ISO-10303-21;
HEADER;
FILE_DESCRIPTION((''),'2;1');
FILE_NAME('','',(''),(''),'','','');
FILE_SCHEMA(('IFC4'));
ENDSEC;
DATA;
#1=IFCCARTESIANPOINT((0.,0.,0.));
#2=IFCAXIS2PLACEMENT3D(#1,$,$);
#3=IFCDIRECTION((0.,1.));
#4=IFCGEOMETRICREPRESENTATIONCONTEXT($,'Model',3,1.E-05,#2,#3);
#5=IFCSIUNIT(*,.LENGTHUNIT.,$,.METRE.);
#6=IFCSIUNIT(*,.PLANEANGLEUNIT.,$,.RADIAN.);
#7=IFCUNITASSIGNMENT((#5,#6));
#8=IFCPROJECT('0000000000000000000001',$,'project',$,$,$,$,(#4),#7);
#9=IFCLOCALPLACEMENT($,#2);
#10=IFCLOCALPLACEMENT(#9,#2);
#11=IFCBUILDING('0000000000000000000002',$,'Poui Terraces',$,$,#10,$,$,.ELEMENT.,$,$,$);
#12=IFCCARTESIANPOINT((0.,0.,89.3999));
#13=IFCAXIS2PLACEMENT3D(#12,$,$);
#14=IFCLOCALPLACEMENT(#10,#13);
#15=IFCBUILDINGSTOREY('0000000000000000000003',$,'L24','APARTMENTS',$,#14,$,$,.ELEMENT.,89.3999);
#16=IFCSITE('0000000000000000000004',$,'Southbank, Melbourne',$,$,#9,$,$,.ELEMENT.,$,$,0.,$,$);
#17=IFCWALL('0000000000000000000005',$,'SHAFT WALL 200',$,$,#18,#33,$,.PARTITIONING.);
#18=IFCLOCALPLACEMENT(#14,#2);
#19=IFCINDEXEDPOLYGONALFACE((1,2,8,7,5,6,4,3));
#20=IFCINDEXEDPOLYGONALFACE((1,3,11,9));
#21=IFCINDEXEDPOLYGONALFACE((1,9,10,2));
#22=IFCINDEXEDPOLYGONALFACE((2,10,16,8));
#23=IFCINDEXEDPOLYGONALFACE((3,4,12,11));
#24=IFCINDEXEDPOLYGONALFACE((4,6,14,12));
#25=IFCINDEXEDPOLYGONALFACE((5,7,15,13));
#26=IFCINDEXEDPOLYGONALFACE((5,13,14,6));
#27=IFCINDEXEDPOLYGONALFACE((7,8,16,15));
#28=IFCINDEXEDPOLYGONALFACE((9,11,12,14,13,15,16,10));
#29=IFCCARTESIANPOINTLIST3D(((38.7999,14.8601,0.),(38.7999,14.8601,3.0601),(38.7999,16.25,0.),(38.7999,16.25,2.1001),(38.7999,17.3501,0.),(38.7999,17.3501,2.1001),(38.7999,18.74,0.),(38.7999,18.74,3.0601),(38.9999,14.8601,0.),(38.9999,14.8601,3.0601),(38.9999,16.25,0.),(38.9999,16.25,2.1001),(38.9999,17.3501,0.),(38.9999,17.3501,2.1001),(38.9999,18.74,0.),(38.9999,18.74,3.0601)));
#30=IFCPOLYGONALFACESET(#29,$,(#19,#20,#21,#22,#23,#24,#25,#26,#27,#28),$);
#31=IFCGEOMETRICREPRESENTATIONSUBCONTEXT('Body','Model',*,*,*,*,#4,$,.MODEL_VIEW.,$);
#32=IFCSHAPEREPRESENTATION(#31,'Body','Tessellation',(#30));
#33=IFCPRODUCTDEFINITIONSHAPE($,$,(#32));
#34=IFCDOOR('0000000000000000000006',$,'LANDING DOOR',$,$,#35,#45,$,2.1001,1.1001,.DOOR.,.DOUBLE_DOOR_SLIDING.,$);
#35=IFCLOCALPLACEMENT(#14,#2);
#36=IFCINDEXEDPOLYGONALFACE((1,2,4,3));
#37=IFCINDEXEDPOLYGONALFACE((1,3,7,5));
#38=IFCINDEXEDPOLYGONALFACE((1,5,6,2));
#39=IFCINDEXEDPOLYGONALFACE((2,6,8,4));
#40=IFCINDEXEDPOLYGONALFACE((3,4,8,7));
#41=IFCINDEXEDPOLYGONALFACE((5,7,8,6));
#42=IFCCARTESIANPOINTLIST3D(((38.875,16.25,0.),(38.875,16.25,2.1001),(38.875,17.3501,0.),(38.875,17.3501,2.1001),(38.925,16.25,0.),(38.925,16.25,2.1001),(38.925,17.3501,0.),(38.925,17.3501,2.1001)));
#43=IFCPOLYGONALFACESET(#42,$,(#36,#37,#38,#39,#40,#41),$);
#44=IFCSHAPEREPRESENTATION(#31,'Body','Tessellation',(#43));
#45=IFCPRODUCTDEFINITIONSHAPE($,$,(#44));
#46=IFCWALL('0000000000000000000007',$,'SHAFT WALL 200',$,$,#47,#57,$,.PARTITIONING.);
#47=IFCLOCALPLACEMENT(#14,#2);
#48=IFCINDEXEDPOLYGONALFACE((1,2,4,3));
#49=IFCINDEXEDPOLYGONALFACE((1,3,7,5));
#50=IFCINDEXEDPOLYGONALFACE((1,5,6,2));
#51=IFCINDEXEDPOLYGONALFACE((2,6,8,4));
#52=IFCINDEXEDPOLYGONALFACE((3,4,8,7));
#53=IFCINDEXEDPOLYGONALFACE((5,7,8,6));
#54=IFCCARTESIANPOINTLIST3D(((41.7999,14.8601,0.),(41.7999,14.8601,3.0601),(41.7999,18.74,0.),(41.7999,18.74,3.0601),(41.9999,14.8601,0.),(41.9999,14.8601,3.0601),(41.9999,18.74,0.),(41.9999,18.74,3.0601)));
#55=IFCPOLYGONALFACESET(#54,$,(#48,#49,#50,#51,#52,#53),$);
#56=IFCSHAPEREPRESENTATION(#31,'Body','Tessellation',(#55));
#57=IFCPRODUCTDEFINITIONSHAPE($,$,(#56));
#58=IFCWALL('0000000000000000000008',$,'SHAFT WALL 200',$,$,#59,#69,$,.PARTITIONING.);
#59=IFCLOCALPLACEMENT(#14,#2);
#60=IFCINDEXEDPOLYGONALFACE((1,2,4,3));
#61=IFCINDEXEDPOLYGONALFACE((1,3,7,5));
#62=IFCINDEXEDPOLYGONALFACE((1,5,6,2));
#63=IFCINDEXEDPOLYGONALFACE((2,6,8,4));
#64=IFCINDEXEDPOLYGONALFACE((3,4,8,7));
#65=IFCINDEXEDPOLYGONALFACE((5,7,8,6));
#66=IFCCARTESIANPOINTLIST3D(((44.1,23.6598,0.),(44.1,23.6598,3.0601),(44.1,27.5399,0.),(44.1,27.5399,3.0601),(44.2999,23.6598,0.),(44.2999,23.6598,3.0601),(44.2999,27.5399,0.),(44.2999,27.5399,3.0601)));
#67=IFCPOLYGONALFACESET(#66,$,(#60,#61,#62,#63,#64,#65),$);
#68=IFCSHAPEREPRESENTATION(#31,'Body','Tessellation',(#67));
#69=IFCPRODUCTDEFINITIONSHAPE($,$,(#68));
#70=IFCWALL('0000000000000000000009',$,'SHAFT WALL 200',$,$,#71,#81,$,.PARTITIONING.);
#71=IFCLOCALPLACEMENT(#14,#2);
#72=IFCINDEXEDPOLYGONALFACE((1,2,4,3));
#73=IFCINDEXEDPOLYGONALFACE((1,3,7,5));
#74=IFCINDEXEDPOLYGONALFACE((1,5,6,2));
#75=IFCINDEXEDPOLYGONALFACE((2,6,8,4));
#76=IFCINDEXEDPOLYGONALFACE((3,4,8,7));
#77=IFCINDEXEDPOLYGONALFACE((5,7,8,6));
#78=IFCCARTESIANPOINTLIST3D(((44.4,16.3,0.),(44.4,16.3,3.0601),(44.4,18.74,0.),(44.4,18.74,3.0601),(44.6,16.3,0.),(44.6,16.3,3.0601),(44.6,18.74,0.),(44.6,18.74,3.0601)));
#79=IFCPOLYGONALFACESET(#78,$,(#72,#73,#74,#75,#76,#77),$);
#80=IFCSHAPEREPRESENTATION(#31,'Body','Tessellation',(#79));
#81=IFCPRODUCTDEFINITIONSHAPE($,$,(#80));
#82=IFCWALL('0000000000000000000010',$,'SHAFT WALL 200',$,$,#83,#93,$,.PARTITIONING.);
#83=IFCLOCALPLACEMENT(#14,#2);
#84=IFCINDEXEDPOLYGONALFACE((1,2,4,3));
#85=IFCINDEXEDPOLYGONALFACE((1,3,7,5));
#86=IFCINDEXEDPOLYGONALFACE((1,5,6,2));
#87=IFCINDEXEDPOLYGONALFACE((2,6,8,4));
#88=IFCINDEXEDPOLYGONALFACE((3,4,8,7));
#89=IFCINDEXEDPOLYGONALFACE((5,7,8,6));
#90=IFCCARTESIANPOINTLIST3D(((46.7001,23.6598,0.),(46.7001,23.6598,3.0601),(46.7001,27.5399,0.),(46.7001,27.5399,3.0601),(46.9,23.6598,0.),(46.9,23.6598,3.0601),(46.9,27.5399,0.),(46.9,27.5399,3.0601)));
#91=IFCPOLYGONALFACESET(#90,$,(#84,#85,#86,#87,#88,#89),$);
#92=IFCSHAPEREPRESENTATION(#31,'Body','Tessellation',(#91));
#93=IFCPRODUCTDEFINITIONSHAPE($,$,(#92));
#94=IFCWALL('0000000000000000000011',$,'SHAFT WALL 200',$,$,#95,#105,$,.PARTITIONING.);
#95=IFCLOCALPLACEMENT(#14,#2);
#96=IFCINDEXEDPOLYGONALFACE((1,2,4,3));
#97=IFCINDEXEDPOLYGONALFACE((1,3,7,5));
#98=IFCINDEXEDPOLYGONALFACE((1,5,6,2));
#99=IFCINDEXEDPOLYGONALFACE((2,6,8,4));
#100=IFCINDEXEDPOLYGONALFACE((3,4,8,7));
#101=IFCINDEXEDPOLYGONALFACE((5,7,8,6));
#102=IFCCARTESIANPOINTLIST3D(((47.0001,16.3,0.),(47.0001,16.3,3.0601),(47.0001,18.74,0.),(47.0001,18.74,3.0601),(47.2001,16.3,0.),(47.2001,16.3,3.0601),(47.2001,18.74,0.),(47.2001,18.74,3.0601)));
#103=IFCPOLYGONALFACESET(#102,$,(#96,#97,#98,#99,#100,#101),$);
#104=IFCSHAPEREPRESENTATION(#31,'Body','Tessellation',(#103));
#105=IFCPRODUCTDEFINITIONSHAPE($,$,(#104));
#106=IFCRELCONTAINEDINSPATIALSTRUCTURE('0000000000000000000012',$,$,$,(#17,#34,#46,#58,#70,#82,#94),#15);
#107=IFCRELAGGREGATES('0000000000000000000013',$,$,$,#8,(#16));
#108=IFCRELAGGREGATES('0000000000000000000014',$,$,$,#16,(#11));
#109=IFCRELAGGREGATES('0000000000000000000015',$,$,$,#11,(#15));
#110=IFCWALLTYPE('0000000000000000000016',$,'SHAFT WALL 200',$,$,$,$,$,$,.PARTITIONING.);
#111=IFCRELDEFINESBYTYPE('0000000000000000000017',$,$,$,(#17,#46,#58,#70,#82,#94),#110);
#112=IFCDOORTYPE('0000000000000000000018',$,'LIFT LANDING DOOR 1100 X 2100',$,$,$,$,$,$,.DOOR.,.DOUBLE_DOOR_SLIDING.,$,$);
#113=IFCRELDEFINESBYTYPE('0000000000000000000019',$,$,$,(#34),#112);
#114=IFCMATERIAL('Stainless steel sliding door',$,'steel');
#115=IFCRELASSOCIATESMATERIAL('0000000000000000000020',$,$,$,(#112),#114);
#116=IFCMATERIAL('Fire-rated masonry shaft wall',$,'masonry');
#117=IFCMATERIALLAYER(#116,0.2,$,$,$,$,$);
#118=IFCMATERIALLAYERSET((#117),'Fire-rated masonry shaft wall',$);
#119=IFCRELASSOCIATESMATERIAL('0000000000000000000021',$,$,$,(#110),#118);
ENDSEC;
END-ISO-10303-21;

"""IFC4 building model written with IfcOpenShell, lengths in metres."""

from ifc_helpers import new_model, si_unit, direction, frame, frame_2d, origin, place, context, subcontext, project, spatial, rectangle, extrude, material, layer, layer_set, type_object, element, fill, save


model = new_model("IFC4")

# Units and contexts
model_context = context("Model", 3, precision=1e-05, world=origin(), true_north=direction((0.0, 1.0)))
body_context = subcontext(model_context, "Body", "Model", "MODEL_VIEW")
ifc_project = project(units=[si_unit("LENGTHUNIT", "METRE"), si_unit("PLANEANGLEUNIT", "RADIAN")], contexts=[model_context])

# Site, building, storey
site_placement = place(None, origin())
site = spatial("IfcSite", under=ifc_project, at=site_placement, Name="Southbank, Melbourne", CompositionType="ELEMENT", RefElevation=0.0)
building_placement = place(site_placement, origin())
building = spatial("IfcBuilding", under=site, at=building_placement, Name="Poui Terraces", CompositionType="ELEMENT")
storey_placement = place(building_placement, frame((0.0, 0.0, 89.3999)))
storey = spatial("IfcBuildingStorey", under=building, at=storey_placement, Name="L24", Description="APARTMENTS", CompositionType="ELEMENT", Elevation=89.3999)

# Shared definitions
ifc_material_1 = material(Name="Stainless steel sliding door", Category="steel")
door_type_1 = type_object("IfcDoorType", Name="LIFT LANDING DOOR 1100 X 2100", OperationType="DOUBLE_DOOR_SLIDING", PredefinedType="DOOR", material=ifc_material_1)

# Shared definitions
ifc_material_2 = material(Name="Fire-rated masonry shaft wall", Category="masonry")
ifc_layer_1 = layer(ifc_material_2, 0.2)
ifc_layer_set_1 = layer_set([ifc_layer_1], Name="Fire-rated masonry shaft wall")
wall_type_1 = type_object("IfcWallType", Name="SHAFT WALL 200", PredefinedType="PARTITIONING", material=ifc_layer_set_1)

# Wall, opening, door
wall_1_placement = place(storey_placement, frame((38.8999, 14.8601, 0.0), z_axis=(0.0, 0.0, 1.0), x_axis=(0.0, 1.0, 0.0)))
wall_1 = element("IfcWall", 1, at=wall_1_placement, inside=storey, type_object=wall_type_1, Name="SHAFT WALL 200", PredefinedType="PARTITIONING", context=body_context, shape_type="SweptSolid", body=[
    extrude(rectangle(XDim=3.8799, YDim=0.2, at=frame_2d((1.9399, 0.0))), origin(), (0.0, 0.0, 1.0), 3.0601),
])
opening_1_placement = place(wall_1_placement, frame((1.3899, 0.0, 0.0)))
opening_1 = element("IfcOpeningElement", 2, at=opening_1_placement, cuts=wall_1, PredefinedType="OPENING", context=body_context, shape_type="SweptSolid", body=[
    extrude(rectangle(XDim=1.1001, YDim=2.1001, at=frame_2d((0.55, 1.05))), frame((0.0, 0.1099, 0.0), z_axis=(0.0, -1.0, 0.0), x_axis=(1.0, 0.0, 0.0)), (0.0, 0.0, 1.0), 0.22),
])
door_1_placement = place(opening_1_placement, origin())
door_1 = element("IfcDoor", 3, at=door_1_placement, inside=storey, type_object=door_type_1, Name="LANDING DOOR", OperationType="DOUBLE_DOOR_SLIDING", OverallHeight=2.1001, OverallWidth=1.1001, PredefinedType="DOOR", context=body_context, shape_type="SweptSolid", body=[
    extrude(rectangle(XDim=1.1001, YDim=2.1001, at=frame_2d((0.55, 1.05))), frame((0.0, 0.0249, 0.0), z_axis=(0.0, -1.0, 0.0), x_axis=(1.0, 0.0, 0.0)), (0.0, 0.0, 1.0), 0.05),
])
fill(opening_1, door_1)

# Walls
wall_2_placement = place(storey_placement, frame((41.8999, 14.8601, 0.0), z_axis=(0.0, 0.0, 1.0), x_axis=(0.0, 1.0, 0.0)))
element("IfcWall", 4, at=wall_2_placement, inside=storey, type_object=wall_type_1, Name="SHAFT WALL 200", PredefinedType="PARTITIONING", context=body_context, shape_type="SweptSolid", body=[
    extrude(rectangle(XDim=3.8799, YDim=0.2, at=frame_2d((1.9399, 0.0))), origin(), (0.0, 0.0, 1.0), 3.0601),
])
wall_3_placement = place(storey_placement, frame((44.2, 23.6599, 0.0), z_axis=(0.0, 0.0, 1.0), x_axis=(0.0, 1.0, 0.0)))
element("IfcWall", 5, at=wall_3_placement, inside=storey, type_object=wall_type_1, Name="SHAFT WALL 200", PredefinedType="PARTITIONING", context=body_context, shape_type="SweptSolid", body=[
    extrude(rectangle(XDim=3.8801, YDim=0.2, at=frame_2d((1.9399, 0.0))), origin(), (0.0, 0.0, 1.0), 3.0601),
])
wall_4_placement = place(storey_placement, frame((44.5, 16.3, 0.0), z_axis=(0.0, 0.0, 1.0), x_axis=(0.0, 1.0, 0.0)))
element("IfcWall", 6, at=wall_4_placement, inside=storey, type_object=wall_type_1, Name="SHAFT WALL 200", PredefinedType="PARTITIONING", context=body_context, shape_type="SweptSolid", body=[
    extrude(rectangle(XDim=2.4399, YDim=0.2, at=frame_2d((1.22, 0.0))), origin(), (0.0, 0.0, 1.0), 3.0601),
])
wall_5_placement = place(storey_placement, frame((46.8, 23.6599, 0.0), z_axis=(0.0, 0.0, 1.0), x_axis=(0.0, 1.0, 0.0)))
element("IfcWall", 7, at=wall_5_placement, inside=storey, type_object=wall_type_1, Name="SHAFT WALL 200", PredefinedType="PARTITIONING", context=body_context, shape_type="SweptSolid", body=[
    extrude(rectangle(XDim=3.8801, YDim=0.2, at=frame_2d((1.9399, 0.0))), origin(), (0.0, 0.0, 1.0), 3.0601),
])
wall_6_placement = place(storey_placement, frame((47.1001, 16.3, 0.0), z_axis=(0.0, 0.0, 1.0), x_axis=(0.0, 1.0, 0.0)))
element("IfcWall", 8, at=wall_6_placement, inside=storey, type_object=wall_type_1, Name="SHAFT WALL 200", PredefinedType="PARTITIONING", context=body_context, shape_type="SweptSolid", body=[
    extrude(rectangle(XDim=2.4399, YDim=0.2, at=frame_2d((1.22, 0.0))), origin(), (0.0, 0.0, 1.0), 3.0601),
])

save(model, "model.ifc")
